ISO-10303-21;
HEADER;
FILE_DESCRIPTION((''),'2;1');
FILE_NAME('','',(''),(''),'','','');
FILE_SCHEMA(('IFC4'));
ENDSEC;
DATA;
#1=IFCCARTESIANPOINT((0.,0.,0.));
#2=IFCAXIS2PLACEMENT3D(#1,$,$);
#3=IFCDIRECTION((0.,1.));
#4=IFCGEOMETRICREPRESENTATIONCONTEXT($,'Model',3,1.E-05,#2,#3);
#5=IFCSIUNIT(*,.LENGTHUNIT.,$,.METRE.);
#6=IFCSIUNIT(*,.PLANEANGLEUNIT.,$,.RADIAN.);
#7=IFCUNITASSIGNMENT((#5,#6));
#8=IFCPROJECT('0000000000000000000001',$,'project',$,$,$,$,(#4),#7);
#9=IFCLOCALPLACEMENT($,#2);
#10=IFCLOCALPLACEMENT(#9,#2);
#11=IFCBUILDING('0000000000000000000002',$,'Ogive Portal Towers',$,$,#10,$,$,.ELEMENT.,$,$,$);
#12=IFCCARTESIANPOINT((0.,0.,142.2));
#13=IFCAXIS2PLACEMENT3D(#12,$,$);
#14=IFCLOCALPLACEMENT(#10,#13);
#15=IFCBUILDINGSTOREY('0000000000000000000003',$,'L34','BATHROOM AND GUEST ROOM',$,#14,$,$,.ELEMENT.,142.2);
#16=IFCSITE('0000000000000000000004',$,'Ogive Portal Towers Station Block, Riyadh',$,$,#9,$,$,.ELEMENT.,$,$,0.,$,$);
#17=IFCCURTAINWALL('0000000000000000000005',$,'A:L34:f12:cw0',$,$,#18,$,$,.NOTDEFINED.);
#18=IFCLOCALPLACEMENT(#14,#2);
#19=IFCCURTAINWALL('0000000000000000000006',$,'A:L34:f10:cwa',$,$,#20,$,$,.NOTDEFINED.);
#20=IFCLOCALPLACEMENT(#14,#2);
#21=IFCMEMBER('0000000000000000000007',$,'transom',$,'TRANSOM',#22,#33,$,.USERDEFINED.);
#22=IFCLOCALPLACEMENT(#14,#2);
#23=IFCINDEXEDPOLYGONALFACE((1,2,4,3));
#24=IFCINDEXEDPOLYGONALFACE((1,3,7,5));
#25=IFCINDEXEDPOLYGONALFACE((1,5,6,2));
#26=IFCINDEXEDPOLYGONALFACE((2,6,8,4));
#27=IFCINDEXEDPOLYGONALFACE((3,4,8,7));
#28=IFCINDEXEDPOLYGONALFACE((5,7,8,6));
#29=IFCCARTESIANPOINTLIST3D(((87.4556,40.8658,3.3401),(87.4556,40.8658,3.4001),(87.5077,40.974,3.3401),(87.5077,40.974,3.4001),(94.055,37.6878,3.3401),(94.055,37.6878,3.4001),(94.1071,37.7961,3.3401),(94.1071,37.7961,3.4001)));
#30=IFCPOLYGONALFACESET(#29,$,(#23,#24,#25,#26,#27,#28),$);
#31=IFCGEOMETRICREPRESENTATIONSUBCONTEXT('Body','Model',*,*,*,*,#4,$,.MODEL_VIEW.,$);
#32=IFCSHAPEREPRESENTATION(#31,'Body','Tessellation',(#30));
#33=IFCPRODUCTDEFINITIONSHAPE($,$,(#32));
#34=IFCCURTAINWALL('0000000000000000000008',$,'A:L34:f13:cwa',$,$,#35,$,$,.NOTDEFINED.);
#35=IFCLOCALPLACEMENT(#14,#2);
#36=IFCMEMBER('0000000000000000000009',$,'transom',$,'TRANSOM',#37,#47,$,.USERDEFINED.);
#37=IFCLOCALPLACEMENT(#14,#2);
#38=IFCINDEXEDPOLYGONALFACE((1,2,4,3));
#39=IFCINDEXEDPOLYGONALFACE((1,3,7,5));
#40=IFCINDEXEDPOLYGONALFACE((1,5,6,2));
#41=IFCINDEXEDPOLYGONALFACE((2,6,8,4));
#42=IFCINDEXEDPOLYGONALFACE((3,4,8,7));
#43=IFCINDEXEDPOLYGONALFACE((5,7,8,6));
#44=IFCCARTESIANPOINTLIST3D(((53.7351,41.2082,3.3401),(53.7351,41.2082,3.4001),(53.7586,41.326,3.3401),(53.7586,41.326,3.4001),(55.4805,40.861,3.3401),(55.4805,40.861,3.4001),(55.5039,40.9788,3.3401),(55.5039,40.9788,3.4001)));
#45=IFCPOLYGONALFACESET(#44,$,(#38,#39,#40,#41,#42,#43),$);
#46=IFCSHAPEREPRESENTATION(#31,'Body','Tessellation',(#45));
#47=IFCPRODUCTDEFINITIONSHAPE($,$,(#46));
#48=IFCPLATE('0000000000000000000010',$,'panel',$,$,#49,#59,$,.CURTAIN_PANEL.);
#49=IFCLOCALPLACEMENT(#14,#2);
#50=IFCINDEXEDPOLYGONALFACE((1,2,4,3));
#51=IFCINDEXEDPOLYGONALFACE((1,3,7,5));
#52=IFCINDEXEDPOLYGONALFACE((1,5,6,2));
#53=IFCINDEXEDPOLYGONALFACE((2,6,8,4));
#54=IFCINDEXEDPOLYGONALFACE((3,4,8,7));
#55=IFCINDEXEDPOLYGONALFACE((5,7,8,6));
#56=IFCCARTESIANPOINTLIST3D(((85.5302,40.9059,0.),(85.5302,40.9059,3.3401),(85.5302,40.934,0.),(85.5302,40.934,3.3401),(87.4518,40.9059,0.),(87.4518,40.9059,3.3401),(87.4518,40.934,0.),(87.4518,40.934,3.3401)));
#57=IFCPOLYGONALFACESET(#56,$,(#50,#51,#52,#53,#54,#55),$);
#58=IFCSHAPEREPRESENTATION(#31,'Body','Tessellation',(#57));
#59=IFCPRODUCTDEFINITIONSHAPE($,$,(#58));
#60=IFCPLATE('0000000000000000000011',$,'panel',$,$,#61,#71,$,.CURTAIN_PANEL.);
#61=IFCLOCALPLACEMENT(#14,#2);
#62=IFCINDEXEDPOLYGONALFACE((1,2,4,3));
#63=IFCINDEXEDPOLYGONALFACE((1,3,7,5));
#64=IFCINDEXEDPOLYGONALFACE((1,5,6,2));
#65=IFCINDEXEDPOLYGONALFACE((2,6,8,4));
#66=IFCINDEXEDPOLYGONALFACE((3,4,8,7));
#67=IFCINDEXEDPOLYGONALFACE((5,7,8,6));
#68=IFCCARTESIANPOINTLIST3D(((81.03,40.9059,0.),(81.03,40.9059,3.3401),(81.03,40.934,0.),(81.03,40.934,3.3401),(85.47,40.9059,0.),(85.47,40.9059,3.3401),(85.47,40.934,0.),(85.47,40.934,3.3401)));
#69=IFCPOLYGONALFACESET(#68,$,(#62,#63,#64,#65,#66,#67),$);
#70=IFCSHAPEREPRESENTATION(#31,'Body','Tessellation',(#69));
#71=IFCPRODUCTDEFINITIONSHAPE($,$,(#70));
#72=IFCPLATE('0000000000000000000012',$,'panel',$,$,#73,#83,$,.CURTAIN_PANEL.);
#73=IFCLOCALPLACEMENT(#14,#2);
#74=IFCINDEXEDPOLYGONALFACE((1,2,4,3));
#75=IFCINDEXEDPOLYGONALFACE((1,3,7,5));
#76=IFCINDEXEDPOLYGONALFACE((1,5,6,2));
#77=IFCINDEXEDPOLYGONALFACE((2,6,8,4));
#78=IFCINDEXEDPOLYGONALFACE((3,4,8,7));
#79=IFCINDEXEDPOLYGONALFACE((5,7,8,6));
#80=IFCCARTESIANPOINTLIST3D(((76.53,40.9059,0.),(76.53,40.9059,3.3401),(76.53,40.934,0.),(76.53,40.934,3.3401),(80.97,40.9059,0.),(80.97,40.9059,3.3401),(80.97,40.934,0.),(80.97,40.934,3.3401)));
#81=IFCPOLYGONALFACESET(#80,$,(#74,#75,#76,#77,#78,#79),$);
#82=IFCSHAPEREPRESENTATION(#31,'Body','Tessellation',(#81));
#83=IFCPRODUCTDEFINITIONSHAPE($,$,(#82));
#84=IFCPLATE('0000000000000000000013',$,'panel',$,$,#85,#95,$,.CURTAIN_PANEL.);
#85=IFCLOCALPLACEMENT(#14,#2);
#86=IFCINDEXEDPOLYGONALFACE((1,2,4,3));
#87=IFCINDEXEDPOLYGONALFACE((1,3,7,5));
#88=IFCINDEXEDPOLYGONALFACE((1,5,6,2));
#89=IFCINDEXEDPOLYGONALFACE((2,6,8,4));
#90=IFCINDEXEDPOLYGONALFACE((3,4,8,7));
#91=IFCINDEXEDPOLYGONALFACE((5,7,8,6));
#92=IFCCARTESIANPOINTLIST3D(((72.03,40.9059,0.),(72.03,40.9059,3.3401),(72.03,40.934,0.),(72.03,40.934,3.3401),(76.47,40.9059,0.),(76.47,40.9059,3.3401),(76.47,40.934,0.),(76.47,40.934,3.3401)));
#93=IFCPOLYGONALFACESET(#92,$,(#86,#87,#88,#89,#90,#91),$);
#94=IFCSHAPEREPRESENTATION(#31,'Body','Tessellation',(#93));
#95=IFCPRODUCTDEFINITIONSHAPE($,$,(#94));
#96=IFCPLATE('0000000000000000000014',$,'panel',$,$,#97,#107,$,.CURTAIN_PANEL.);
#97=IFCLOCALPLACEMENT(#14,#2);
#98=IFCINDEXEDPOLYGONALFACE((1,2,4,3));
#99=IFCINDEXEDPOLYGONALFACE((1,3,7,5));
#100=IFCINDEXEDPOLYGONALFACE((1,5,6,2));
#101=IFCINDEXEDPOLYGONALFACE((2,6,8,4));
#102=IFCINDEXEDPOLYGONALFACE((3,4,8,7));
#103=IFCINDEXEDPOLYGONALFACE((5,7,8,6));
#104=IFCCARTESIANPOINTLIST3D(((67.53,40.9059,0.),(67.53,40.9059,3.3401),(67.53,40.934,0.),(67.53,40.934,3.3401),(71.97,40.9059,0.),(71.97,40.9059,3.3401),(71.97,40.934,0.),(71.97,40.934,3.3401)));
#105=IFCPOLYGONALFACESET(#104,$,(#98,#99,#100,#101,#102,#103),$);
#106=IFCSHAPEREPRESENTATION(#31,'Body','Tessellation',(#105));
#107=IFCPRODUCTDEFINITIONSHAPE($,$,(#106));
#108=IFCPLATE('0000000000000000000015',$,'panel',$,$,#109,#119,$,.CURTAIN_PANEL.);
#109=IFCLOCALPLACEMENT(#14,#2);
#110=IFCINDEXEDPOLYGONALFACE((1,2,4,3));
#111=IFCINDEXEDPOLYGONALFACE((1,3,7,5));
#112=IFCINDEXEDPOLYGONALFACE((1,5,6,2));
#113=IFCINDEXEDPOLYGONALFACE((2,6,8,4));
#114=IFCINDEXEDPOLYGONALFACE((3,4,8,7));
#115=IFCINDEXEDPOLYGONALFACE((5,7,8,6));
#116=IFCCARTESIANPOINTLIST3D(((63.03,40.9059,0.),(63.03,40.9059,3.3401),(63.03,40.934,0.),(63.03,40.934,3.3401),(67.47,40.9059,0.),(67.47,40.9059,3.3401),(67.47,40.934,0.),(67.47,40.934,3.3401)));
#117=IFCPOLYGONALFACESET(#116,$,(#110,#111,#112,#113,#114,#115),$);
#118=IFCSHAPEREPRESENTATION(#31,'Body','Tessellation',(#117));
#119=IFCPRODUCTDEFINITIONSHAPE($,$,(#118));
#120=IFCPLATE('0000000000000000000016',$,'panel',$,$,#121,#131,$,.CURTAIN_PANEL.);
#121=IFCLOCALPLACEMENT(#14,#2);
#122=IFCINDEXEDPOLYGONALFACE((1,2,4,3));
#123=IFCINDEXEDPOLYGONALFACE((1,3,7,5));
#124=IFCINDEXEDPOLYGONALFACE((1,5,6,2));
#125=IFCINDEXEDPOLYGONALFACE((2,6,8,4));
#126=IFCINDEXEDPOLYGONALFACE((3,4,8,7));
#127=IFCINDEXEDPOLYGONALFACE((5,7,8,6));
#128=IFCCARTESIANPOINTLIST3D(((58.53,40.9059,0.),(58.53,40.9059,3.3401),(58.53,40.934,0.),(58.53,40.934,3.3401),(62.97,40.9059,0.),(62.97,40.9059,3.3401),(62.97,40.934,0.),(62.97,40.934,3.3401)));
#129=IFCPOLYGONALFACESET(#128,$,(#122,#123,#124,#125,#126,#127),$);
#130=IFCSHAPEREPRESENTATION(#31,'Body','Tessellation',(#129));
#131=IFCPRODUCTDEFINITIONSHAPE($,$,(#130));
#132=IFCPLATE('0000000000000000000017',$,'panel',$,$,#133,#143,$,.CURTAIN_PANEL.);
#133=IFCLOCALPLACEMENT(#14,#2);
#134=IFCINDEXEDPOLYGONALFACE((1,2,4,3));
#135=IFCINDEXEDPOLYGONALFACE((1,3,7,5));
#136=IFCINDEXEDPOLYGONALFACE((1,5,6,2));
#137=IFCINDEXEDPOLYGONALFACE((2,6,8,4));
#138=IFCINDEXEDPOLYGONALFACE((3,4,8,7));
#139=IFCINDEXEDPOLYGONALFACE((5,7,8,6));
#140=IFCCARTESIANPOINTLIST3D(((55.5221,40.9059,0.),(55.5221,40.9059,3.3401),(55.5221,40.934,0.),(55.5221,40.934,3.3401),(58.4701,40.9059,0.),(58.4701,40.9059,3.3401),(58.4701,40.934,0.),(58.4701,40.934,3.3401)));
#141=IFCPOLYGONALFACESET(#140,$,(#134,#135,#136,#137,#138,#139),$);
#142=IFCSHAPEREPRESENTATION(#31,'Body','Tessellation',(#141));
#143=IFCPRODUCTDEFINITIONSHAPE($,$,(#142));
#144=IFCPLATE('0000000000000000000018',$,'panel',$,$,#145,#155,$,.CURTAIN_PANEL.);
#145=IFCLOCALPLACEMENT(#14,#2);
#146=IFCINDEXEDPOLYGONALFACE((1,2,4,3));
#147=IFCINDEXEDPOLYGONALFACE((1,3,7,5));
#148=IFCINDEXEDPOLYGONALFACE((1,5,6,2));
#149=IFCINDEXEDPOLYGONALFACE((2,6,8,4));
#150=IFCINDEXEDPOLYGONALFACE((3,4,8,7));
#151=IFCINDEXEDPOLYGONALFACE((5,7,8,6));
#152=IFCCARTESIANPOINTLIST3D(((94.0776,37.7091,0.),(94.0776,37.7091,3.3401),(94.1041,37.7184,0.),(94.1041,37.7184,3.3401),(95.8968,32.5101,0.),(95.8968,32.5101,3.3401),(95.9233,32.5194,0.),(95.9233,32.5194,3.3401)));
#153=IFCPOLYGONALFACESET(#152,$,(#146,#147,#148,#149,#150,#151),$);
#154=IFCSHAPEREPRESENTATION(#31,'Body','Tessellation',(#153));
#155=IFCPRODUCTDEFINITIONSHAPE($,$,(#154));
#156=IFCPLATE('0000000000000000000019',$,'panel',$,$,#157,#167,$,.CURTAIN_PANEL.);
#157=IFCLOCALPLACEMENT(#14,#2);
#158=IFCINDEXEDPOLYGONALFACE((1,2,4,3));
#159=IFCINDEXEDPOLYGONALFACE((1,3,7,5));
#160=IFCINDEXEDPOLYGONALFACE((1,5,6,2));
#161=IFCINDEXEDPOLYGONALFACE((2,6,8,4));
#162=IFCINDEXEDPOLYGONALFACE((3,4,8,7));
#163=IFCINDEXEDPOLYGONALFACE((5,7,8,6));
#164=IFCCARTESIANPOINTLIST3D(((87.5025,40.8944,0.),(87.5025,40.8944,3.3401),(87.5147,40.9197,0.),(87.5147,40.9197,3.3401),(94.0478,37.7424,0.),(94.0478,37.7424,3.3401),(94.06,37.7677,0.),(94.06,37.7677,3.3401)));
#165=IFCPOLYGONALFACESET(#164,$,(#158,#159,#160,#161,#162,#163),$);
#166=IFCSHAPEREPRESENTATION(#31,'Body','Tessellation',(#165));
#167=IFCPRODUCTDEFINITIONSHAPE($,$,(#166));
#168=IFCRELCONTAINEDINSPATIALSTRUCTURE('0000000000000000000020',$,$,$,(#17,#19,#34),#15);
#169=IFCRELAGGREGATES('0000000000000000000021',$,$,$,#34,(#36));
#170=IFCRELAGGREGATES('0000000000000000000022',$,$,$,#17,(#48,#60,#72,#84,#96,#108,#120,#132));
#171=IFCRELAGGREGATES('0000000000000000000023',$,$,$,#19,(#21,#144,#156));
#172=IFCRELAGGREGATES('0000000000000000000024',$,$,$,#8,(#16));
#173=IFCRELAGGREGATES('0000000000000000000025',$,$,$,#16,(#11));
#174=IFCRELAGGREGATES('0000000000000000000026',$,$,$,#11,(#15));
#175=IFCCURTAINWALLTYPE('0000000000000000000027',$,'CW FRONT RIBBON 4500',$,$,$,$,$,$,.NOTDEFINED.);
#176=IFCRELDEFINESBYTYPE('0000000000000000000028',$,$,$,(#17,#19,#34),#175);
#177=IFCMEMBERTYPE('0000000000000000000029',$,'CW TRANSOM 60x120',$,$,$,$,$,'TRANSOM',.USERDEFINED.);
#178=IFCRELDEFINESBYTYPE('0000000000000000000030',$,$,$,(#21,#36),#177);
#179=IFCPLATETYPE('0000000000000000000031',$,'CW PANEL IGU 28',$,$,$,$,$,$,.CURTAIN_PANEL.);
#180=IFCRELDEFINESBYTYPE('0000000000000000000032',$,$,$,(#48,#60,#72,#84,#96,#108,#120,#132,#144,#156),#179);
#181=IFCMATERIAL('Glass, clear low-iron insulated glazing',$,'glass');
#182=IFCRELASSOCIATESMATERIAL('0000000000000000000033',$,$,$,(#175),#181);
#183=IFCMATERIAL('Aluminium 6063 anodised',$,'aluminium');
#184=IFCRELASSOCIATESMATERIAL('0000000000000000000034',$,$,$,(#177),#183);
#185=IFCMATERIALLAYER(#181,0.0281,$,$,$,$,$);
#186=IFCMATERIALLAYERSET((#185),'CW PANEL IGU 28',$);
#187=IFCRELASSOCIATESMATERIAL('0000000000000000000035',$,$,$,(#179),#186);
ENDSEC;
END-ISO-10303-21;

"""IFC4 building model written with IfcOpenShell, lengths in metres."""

from ifc_helpers import new_model, si_unit, direction, frame, origin, origin_2d, place, context, subcontext, project, spatial, rectangle, extrude, material, layer, layer_set, material_profile, profile_set, type_object, element, aggregate, save


model = new_model("IFC4")

# Units and contexts
model_context = context("Model", 3, precision=1e-05, world=origin(), true_north=direction((0.0, 1.0)))
body_context = subcontext(model_context, "Body", "Model", "MODEL_VIEW")
ifc_project = project(units=[si_unit("LENGTHUNIT", "METRE"), si_unit("PLANEANGLEUNIT", "RADIAN")], contexts=[model_context])

# Site, building, storey
site_placement = place(None, origin())
site = spatial("IfcSite", under=ifc_project, at=site_placement, Name="Ogive Portal Towers Station Block, Riyadh", CompositionType="ELEMENT", RefElevation=0.0)
building_placement = place(site_placement, origin())
building = spatial("IfcBuilding", under=site, at=building_placement, Name="Ogive Portal Towers", CompositionType="ELEMENT")
storey_placement = place(building_placement, frame((0.0, 0.0, 142.2)))
storey = spatial("IfcBuildingStorey", under=building, at=storey_placement, Name="L34", Description="BATHROOM AND GUEST ROOM", CompositionType="ELEMENT", Elevation=142.2)

# Curtain wall
ifc_material_1 = material(Name="Glass, clear low-iron insulated glazing", Category="glass")
curtain_wall_type = type_object("IfcCurtainWallType", Name="CW FRONT RIBBON 4500", PredefinedType="NOTDEFINED", material=ifc_material_1)
curtain_wall_1_placement = place(storey_placement, origin())
curtain_wall_1 = element("IfcCurtainWall", 1, at=curtain_wall_1_placement, inside=storey, type_object=curtain_wall_type, Name="A:L34:f12:cw0", PredefinedType="NOTDEFINED")
ifc_material_2 = material(Name="Aluminium 6063 anodised", Category="aluminium")

# Curtain wall
curtain_wall_2_placement = place(storey_placement, origin())
curtain_wall_2 = element("IfcCurtainWall", 2, at=curtain_wall_2_placement, inside=storey, type_object=curtain_wall_type, Name="A:L34:f10:cwa", PredefinedType="NOTDEFINED")

# Member
ifc_material_profile_1 = material_profile(ifc_material_2, rectangle(XDim=0.1201, YDim=0.0601, at=origin_2d()), Name="AL 120x60")
ifc_profile_set_1 = profile_set([ifc_material_profile_1], Name="Aluminium 6063 anodised")
member_type_1 = type_object("IfcMemberType", Name="CW TRANSOM 60x120", ElementType="TRANSOM", PredefinedType="USERDEFINED", material=ifc_profile_set_1)
member_1_placement = place(storey_placement, frame((94.0811, 37.7419, 3.3701), z_axis=(-0.900975, 0.433872, 0.0), x_axis=(-0.433872, -0.900975, 0.0)))
member_1 = element("IfcMember", 3, at=member_1_placement, type_object=member_type_1, Name="transom", ObjectType="TRANSOM", PredefinedType="USERDEFINED", context=body_context, shape_type="SweptSolid", body=[
    extrude(rectangle(XDim=0.1201, YDim=0.0601, at=origin_2d()), origin(), (0.0, 0.0, 1.0), 7.3247),
])

# Curtain wall, member
curtain_wall_3_placement = place(storey_placement, origin())
curtain_wall_3 = element("IfcCurtainWall", 4, at=curtain_wall_3_placement, inside=storey, type_object=curtain_wall_type, Name="A:L34:f13:cwa", PredefinedType="NOTDEFINED")
member_2_placement = place(storey_placement, frame((55.4922, 40.9199, 3.3701), z_axis=(-0.980786, 0.195087, 0.0), x_axis=(-0.195087, -0.980786, 0.0)))
member_2 = element("IfcMember", 5, at=member_2_placement, type_object=member_type_1, Name="transom", ObjectType="TRANSOM", PredefinedType="USERDEFINED", context=body_context, shape_type="SweptSolid", body=[
    extrude(rectangle(XDim=0.1201, YDim=0.0601, at=origin_2d()), origin(), (0.0, 0.0, 1.0), 1.7795),
])
aggregate(curtain_wall_3, [member_2])

# Plates
ifc_layer_1 = layer(ifc_material_1, 0.0281)
ifc_layer_set_1 = layer_set([ifc_layer_1], Name="CW PANEL IGU 28")
plate_type = type_object("IfcPlateType", Name="CW PANEL IGU 28", PredefinedType="CURTAIN_PANEL", material=ifc_layer_set_1)
plate_1_placement = place(storey_placement, frame((86.491, 40.9199, 0.0), z_axis=(0.0, 0.0, 1.0), x_axis=(-1.0, 0.0, 0.0)))
plate_1 = element("IfcPlate", 6, at=plate_1_placement, type_object=plate_type, Name="panel", PredefinedType="CURTAIN_PANEL", context=body_context, shape_type="SweptSolid", body=[
    extrude(rectangle(XDim=1.9216, YDim=0.0281, at=origin_2d()), origin(), (0.0, 0.0, 1.0), 3.3401),
])
plate_2_placement = place(storey_placement, frame((83.25, 40.9199, 0.0), z_axis=(0.0, 0.0, 1.0), x_axis=(-1.0, 0.0, 0.0)))
plate_2 = element("IfcPlate", 7, at=plate_2_placement, type_object=plate_type, Name="panel", PredefinedType="CURTAIN_PANEL", context=body_context, shape_type="SweptSolid", body=[
    extrude(rectangle(XDim=4.4399, YDim=0.0281, at=origin_2d()), origin(), (0.0, 0.0, 1.0), 3.3401),
])
plate_3_placement = place(storey_placement, frame((78.75, 40.9199, 0.0), z_axis=(0.0, 0.0, 1.0), x_axis=(-1.0, 0.0, 0.0)))
plate_3 = element("IfcPlate", 8, at=plate_3_placement, type_object=plate_type, Name="panel", PredefinedType="CURTAIN_PANEL", context=body_context, shape_type="SweptSolid", body=[
    extrude(rectangle(XDim=4.4399, YDim=0.0281, at=origin_2d()), origin(), (0.0, 0.0, 1.0), 3.3401),
])
plate_4_placement = place(storey_placement, frame((74.25, 40.9199, 0.0), z_axis=(0.0, 0.0, 1.0), x_axis=(-1.0, 0.0, 0.0)))
plate_4 = element("IfcPlate", 9, at=plate_4_placement, type_object=plate_type, Name="panel", PredefinedType="CURTAIN_PANEL", context=body_context, shape_type="SweptSolid", body=[
    extrude(rectangle(XDim=4.4399, YDim=0.0281, at=origin_2d()), origin(), (0.0, 0.0, 1.0), 3.3401),
])
plate_5_placement = place(storey_placement, frame((69.75, 40.9199, 0.0), z_axis=(0.0, 0.0, 1.0), x_axis=(-1.0, 0.0, 0.0)))
plate_5 = element("IfcPlate", 10, at=plate_5_placement, type_object=plate_type, Name="panel", PredefinedType="CURTAIN_PANEL", context=body_context, shape_type="SweptSolid", body=[
    extrude(rectangle(XDim=4.4399, YDim=0.0281, at=origin_2d()), origin(), (0.0, 0.0, 1.0), 3.3401),
])
plate_6_placement = place(storey_placement, frame((65.25, 40.9199, 0.0), z_axis=(0.0, 0.0, 1.0), x_axis=(-1.0, 0.0, 0.0)))
plate_6 = element("IfcPlate", 11, at=plate_6_placement, type_object=plate_type, Name="panel", PredefinedType="CURTAIN_PANEL", context=body_context, shape_type="SweptSolid", body=[
    extrude(rectangle(XDim=4.4399, YDim=0.0281, at=origin_2d()), origin(), (0.0, 0.0, 1.0), 3.3401),
])
plate_7_placement = place(storey_placement, frame((60.75, 40.9199, 0.0), z_axis=(0.0, 0.0, 1.0), x_axis=(-1.0, 0.0, 0.0)))
plate_7 = element("IfcPlate", 12, at=plate_7_placement, type_object=plate_type, Name="panel", PredefinedType="CURTAIN_PANEL", context=body_context, shape_type="SweptSolid", body=[
    extrude(rectangle(XDim=4.4399, YDim=0.0281, at=origin_2d()), origin(), (0.0, 0.0, 1.0), 3.3401),
])
plate_8_placement = place(storey_placement, frame((56.9961, 40.9199, 0.0), z_axis=(0.0, 0.0, 1.0), x_axis=(-1.0, 0.0, 0.0)))
plate_8 = element("IfcPlate", 13, at=plate_8_placement, type_object=plate_type, Name="panel", PredefinedType="CURTAIN_PANEL", context=body_context, shape_type="SweptSolid", body=[
    extrude(rectangle(XDim=2.948, YDim=0.0281, at=origin_2d()), origin(), (0.0, 0.0, 1.0), 3.3401),
])
aggregate(curtain_wall_1, [plate_1, plate_2, plate_3, plate_4, plate_5, plate_6, plate_7, plate_8])
plate_9_placement = place(storey_placement, frame((95.0005, 35.1143, 0.0), z_axis=(0.0, 0.0, 1.0), x_axis=(-0.330279, 0.943883, 0.0)))
plate_9 = element("IfcPlate", 14, at=plate_9_placement, type_object=plate_type, Name="panel", PredefinedType="CURTAIN_PANEL", context=body_context, shape_type="SweptSolid", body=[
    extrude(rectangle(XDim=5.5081, YDim=0.0281, at=origin_2d()), origin(), (0.0, 0.0, 1.0), 3.3401),
])
plate_10_placement = place(storey_placement, frame((90.7812, 39.3311, 0.0), z_axis=(0.0, 0.0, 1.0), x_axis=(-0.900969, 0.433884, 0.0)))
plate_10 = element("IfcPlate", 15, at=plate_10_placement, type_object=plate_type, Name="panel", PredefinedType="CURTAIN_PANEL", context=body_context, shape_type="SweptSolid", body=[
    extrude(rectangle(XDim=7.2646, YDim=0.0281, at=origin_2d()), origin(), (0.0, 0.0, 1.0), 3.3401),
])
aggregate(curtain_wall_2, [member_1, plate_9, plate_10])

save(model, "model.ifc")
